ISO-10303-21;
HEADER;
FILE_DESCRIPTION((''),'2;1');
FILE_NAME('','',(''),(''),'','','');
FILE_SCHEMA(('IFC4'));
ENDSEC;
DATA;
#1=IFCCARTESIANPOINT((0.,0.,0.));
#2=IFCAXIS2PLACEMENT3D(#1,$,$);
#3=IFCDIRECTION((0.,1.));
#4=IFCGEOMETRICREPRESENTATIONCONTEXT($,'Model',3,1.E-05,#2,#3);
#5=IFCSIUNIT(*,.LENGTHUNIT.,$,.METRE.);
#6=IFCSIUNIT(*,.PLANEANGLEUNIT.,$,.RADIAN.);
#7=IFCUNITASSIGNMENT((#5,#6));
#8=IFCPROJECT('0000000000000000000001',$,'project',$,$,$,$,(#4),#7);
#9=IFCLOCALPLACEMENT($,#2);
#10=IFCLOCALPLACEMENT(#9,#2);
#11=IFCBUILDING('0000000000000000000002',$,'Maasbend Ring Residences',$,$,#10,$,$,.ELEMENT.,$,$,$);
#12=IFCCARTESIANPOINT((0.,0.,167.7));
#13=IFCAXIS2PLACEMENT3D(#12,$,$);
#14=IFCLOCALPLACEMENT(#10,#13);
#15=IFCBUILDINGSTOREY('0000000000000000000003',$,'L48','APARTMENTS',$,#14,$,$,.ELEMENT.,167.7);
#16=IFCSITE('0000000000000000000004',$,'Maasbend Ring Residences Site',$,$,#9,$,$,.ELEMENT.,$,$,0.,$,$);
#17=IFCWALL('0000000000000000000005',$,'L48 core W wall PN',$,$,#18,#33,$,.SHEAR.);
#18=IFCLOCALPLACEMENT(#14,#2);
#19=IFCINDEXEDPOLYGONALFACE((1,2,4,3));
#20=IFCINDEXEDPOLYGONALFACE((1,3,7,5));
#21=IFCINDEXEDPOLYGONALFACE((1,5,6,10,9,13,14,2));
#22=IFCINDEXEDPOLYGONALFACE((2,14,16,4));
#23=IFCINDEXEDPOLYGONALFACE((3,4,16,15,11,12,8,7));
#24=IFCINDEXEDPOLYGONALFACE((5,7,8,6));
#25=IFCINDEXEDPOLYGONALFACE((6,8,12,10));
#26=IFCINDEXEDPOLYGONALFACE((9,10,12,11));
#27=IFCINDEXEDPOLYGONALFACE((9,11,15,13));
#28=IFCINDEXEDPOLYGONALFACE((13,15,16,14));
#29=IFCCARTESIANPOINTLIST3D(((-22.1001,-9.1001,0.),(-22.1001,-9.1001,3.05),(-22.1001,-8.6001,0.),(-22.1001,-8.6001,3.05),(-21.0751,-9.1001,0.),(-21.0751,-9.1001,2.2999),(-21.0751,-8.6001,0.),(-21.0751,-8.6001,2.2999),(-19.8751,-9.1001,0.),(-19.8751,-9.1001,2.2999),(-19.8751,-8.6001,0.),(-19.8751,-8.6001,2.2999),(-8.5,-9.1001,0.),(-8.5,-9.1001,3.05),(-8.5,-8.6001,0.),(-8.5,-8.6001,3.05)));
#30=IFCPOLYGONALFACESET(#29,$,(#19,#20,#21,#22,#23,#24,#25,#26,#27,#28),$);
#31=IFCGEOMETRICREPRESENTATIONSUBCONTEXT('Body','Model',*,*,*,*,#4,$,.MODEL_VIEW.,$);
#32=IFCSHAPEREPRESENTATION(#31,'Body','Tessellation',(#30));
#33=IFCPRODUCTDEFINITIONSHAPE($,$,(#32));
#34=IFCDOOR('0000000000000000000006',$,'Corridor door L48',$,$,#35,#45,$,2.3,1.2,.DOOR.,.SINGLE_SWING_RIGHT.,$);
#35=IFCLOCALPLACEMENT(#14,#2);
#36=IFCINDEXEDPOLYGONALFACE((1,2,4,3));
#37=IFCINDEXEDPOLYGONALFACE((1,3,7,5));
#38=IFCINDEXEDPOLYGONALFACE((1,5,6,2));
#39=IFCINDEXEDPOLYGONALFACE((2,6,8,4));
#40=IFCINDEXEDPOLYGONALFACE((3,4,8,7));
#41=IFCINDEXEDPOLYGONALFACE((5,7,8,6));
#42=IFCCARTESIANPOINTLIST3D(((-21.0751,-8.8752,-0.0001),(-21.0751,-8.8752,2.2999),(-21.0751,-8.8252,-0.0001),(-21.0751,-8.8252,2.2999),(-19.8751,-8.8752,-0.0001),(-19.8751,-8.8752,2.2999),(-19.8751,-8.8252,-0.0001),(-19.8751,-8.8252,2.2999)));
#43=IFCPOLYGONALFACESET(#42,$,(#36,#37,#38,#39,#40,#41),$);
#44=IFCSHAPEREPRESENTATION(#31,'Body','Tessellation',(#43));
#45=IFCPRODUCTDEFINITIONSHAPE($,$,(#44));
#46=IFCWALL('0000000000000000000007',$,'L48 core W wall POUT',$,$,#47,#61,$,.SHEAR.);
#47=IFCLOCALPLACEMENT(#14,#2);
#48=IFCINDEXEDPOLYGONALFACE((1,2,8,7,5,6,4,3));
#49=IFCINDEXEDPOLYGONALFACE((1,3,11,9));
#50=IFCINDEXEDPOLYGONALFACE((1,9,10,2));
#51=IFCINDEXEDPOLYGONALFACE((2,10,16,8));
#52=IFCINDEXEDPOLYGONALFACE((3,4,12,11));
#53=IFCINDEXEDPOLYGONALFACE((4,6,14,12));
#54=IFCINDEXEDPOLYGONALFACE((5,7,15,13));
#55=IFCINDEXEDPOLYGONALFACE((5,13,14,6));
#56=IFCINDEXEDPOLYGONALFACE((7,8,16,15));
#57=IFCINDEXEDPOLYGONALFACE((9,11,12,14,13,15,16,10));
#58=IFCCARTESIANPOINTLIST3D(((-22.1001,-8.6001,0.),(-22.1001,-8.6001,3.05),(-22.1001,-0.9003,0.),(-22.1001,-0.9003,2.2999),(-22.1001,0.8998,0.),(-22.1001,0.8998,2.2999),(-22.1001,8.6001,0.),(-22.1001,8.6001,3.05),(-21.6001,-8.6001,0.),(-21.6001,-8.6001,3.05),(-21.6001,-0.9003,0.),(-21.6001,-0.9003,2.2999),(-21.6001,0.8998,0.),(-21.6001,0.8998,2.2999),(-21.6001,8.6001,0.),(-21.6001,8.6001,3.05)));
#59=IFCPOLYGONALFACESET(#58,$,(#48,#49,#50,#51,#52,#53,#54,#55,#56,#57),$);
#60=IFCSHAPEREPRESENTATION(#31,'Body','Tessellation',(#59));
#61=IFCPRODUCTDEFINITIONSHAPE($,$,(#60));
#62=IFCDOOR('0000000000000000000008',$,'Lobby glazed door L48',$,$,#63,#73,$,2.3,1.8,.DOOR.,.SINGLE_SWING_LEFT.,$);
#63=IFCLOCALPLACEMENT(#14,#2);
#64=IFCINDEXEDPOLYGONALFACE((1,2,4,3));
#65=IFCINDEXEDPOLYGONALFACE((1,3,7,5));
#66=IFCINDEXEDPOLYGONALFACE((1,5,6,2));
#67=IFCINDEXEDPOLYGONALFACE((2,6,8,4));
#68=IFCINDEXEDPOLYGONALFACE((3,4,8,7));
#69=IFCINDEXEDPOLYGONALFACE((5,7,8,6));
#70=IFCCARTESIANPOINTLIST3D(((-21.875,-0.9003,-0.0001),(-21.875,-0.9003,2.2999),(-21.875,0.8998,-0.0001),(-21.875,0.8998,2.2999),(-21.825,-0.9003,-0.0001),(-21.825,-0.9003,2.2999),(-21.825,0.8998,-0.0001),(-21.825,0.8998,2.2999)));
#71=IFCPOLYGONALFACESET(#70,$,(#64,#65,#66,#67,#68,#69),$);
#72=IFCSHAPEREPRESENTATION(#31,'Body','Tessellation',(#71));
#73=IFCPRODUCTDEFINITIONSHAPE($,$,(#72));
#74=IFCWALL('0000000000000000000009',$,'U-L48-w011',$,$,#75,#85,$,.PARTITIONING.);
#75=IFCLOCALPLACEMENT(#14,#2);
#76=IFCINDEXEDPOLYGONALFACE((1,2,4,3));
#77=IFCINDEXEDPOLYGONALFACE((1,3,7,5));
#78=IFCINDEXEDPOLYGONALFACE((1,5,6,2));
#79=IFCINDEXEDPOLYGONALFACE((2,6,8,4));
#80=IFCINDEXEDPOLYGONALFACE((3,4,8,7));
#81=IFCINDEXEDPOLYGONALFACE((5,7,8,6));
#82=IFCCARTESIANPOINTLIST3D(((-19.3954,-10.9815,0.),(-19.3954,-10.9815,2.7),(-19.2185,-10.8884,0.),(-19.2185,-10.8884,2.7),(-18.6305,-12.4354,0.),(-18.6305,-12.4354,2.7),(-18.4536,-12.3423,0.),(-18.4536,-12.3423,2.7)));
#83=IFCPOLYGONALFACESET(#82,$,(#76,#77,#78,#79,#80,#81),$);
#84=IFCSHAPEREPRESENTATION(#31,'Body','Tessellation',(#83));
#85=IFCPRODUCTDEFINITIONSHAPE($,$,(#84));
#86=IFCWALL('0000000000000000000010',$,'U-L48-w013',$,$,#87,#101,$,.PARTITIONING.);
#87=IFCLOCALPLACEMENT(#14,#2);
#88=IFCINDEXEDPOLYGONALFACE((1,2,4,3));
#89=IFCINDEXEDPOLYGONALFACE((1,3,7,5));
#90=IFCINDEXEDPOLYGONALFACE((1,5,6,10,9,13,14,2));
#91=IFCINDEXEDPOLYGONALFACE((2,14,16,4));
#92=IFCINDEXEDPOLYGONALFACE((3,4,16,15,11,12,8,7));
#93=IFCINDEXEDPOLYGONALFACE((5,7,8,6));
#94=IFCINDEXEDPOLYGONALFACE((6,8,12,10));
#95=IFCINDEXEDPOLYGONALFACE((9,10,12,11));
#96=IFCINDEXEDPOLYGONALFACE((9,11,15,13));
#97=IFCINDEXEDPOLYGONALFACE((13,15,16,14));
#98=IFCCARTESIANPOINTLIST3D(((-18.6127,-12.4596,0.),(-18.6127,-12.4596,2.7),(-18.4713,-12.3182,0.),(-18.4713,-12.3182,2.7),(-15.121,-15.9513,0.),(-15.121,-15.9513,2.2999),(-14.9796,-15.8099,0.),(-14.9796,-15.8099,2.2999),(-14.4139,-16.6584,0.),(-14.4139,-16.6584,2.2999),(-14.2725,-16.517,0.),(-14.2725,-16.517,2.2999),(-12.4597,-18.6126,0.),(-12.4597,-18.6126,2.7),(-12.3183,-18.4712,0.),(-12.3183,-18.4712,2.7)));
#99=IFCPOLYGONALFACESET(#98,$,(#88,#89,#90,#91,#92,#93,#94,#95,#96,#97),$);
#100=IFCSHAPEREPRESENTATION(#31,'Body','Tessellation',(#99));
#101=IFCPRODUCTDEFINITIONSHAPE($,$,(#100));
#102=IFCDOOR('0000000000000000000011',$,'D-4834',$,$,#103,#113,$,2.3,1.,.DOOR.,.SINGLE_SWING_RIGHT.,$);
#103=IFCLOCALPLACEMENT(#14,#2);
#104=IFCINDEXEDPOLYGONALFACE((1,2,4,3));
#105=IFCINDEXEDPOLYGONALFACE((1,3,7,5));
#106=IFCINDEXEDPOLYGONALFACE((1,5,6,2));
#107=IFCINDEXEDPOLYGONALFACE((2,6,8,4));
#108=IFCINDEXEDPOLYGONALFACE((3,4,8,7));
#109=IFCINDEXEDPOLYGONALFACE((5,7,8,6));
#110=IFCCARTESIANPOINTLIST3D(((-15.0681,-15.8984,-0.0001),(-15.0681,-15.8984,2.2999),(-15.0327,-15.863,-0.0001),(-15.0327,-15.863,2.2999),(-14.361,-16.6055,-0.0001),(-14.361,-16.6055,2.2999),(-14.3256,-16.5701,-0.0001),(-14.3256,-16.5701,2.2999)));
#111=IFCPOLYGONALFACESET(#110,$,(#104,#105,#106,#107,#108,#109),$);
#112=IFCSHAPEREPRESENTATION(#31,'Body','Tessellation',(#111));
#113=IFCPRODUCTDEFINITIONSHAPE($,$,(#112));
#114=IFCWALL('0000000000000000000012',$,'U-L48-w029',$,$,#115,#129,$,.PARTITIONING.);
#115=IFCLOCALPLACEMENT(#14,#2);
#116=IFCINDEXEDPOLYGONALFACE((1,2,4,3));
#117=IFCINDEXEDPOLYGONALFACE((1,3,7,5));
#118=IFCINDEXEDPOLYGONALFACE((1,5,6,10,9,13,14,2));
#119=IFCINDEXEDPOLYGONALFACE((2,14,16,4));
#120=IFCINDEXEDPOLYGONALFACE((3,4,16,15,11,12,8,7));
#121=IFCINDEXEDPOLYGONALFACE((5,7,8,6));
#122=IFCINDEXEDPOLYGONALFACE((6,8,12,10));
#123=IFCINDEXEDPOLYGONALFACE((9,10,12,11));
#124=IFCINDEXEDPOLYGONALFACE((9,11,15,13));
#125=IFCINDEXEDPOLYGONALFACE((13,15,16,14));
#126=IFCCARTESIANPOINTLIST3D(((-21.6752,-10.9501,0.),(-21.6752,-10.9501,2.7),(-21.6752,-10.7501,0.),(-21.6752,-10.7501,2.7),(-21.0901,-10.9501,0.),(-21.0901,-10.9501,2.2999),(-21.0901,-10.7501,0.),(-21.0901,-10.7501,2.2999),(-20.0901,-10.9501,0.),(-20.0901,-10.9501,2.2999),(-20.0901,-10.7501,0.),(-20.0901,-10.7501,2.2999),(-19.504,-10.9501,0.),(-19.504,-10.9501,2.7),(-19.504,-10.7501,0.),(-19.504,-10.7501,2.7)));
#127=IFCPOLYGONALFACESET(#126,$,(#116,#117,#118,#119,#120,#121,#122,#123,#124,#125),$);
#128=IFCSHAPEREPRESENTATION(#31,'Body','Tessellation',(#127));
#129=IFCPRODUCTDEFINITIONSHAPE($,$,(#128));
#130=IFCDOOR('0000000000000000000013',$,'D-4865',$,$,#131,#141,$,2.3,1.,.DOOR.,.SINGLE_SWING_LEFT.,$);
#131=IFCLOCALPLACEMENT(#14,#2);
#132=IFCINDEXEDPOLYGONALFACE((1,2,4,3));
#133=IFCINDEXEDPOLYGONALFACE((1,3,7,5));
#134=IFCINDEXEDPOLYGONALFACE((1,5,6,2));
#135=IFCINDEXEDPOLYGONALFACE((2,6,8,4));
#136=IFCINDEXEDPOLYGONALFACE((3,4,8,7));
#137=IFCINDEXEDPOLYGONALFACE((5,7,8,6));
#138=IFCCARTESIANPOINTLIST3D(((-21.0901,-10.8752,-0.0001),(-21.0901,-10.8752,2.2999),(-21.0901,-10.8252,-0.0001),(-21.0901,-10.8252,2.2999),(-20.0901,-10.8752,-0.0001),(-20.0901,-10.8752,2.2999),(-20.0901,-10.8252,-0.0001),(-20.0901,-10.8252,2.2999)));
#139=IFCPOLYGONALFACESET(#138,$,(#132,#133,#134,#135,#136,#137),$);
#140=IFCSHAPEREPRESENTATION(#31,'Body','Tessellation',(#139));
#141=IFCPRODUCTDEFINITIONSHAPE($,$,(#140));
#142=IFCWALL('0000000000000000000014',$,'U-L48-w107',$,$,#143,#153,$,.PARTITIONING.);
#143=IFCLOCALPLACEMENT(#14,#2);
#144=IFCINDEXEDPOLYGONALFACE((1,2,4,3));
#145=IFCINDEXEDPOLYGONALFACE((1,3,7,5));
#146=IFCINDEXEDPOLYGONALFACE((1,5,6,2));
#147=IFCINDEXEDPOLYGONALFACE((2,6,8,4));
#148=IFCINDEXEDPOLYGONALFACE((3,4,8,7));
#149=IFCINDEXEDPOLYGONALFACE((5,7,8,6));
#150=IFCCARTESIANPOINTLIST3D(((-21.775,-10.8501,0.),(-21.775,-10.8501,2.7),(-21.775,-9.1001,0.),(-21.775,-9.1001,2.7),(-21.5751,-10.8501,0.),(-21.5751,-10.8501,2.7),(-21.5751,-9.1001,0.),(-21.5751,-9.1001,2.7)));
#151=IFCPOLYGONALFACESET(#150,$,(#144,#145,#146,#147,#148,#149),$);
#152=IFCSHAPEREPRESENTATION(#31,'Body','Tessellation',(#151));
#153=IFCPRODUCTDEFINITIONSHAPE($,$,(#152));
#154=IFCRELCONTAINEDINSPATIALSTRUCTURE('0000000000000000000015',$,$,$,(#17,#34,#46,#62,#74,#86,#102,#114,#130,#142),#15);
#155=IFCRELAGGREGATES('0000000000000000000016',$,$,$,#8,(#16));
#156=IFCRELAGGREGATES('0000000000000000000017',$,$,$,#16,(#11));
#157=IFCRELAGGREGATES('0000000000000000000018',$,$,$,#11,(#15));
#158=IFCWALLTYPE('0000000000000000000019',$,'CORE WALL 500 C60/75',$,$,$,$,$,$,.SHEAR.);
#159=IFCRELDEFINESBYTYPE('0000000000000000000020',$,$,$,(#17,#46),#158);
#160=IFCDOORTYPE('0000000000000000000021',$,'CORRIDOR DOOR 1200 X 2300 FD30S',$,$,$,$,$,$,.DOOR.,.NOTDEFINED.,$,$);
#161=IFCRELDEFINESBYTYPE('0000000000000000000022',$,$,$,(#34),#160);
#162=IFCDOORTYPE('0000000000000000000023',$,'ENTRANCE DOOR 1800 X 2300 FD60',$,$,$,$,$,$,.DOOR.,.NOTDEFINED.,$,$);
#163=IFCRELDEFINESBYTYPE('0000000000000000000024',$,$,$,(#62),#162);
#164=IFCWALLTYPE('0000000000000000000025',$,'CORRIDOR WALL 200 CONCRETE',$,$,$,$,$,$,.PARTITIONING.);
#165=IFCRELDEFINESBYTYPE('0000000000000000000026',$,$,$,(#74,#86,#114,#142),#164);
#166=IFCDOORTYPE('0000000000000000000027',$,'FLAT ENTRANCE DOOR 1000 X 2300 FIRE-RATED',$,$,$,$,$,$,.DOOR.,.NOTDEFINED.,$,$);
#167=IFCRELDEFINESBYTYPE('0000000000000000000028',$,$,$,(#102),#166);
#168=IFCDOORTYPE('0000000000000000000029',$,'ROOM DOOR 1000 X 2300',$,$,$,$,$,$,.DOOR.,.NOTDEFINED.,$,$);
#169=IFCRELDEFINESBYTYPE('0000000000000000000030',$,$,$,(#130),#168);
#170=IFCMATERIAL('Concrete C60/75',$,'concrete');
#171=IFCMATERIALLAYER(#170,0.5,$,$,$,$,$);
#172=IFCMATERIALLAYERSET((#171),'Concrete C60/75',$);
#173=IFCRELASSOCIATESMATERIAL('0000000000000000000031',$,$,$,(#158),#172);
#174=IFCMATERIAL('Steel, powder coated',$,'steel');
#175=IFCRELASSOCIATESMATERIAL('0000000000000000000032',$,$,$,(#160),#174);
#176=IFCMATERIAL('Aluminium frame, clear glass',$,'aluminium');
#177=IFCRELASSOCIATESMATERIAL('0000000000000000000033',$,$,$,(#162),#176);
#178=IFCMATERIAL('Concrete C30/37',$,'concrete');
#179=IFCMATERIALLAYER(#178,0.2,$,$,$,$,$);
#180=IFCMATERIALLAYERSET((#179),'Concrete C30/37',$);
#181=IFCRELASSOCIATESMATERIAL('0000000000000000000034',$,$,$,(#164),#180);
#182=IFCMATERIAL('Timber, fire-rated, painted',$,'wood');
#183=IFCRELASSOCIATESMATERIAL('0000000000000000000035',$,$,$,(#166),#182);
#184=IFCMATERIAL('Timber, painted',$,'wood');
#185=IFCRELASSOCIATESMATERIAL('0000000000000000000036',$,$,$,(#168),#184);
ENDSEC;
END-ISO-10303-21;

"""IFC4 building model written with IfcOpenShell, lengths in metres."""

from ifc_helpers import new_model, si_unit, direction, frame, frame_2d, origin, place, context, subcontext, project, spatial, rectangle, extrude, material, layer, layer_set, type_object, element, fill, save


model = new_model("IFC4")

# Units and contexts
model_context = context("Model", 3, precision=1e-05, world=origin(), true_north=direction((0.0, 1.0)))
body_context = subcontext(model_context, "Body", "Model", "MODEL_VIEW")
ifc_project = project(units=[si_unit("LENGTHUNIT", "METRE"), si_unit("PLANEANGLEUNIT", "RADIAN")], contexts=[model_context])

# Site, building, storey
site_placement = place(None, origin())
site = spatial("IfcSite", under=ifc_project, at=site_placement, Name="Maasbend Ring Residences Site", CompositionType="ELEMENT", RefElevation=0.0)
building_placement = place(site_placement, origin())
building = spatial("IfcBuilding", under=site, at=building_placement, Name="Maasbend Ring Residences", CompositionType="ELEMENT")
storey_placement = place(building_placement, frame((0.0, 0.0, 167.7)))
storey = spatial("IfcBuildingStorey", under=building, at=storey_placement, Name="L48", Description="APARTMENTS", CompositionType="ELEMENT", Elevation=167.7)

# Walls, openings, doors
ifc_material_1 = material(Name="Concrete C60/75", Category="concrete")
ifc_layer_1 = layer(ifc_material_1, 0.5)
ifc_layer_set_1 = layer_set([ifc_layer_1], Name="Concrete C60/75")
wall_type_1 = type_object("IfcWallType", Name="CORE WALL 500 C60/75", PredefinedType="SHEAR", material=ifc_layer_set_1)
wall_1_placement = place(storey_placement, frame((-22.1001, -8.8501, 0.0), z_axis=(0.0, 0.0, 1.0), x_axis=(1.0, 0.0, 0.0)))
wall_1 = element("IfcWall", 1, at=wall_1_placement, inside=storey, type_object=wall_type_1, Name="L48 core W wall PN", PredefinedType="SHEAR", context=body_context, shape_type="SweptSolid", body=[
    extrude(rectangle(XDim=13.6001, YDim=0.5, at=frame_2d((6.8, 0.0))), origin(), (0.0, 0.0, 1.0), 3.05),
])
opening_1_placement = place(wall_1_placement, frame((1.0249, 0.0, 0.0)))
opening_1 = element("IfcOpeningElement", 2, at=opening_1_placement, cuts=wall_1, PredefinedType="OPENING", context=body_context, shape_type="SweptSolid", body=[
    extrude(rectangle(XDim=1.2, YDim=2.3, at=frame_2d((0.6001, 1.1499))), frame((0.0, 0.26, 0.0), z_axis=(0.0, -1.0, 0.0), x_axis=(1.0, 0.0, 0.0)), (0.0, 0.0, 1.0), 0.52),
])
ifc_material_2 = material(Name="Steel, powder coated", Category="steel")
door_type_1 = type_object("IfcDoorType", Name="CORRIDOR DOOR 1200 X 2300 FD30S", OperationType="NOTDEFINED", PredefinedType="DOOR", material=ifc_material_2)
door_1_placement = place(opening_1_placement, origin())
door_1 = element("IfcDoor", 3, at=door_1_placement, inside=storey, type_object=door_type_1, Name="Corridor door L48", OperationType="SINGLE_SWING_RIGHT", OverallHeight=2.3, OverallWidth=1.2, PredefinedType="DOOR", context=body_context, shape_type="SweptSolid", body=[
    extrude(rectangle(XDim=1.2, YDim=2.3, at=frame_2d((0.6001, 1.1499))), frame((0.0, 0.0249, 0.0), z_axis=(0.0, -1.0, 0.0), x_axis=(1.0, 0.0, 0.0)), (0.0, 0.0, 1.0), 0.05),
])
fill(opening_1, door_1)
wall_2_placement = place(storey_placement, frame((-21.8501, -8.6001, 0.0), z_axis=(0.0, 0.0, 1.0), x_axis=(0.0, 1.0, 0.0)))
wall_2 = element("IfcWall", 4, at=wall_2_placement, inside=storey, type_object=wall_type_1, Name="L48 core W wall POUT", PredefinedType="SHEAR", context=body_context, shape_type="SweptSolid", body=[
    extrude(rectangle(XDim=17.2002, YDim=0.5, at=frame_2d((8.6001, 0.0))), origin(), (0.0, 0.0, 1.0), 3.05),
])
opening_2_placement = place(wall_2_placement, frame((7.7, 0.0, 0.0)))
opening_2 = element("IfcOpeningElement", 5, at=opening_2_placement, cuts=wall_2, PredefinedType="OPENING", context=body_context, shape_type="SweptSolid", body=[
    extrude(rectangle(XDim=1.8, YDim=2.3, at=frame_2d((0.8999, 1.1499))), frame((0.0, 0.26, 0.0), z_axis=(0.0, -1.0, 0.0), x_axis=(1.0, 0.0, 0.0)), (0.0, 0.0, 1.0), 0.52),
])
ifc_material_3 = material(Name="Aluminium frame, clear glass", Category="aluminium")
door_type_2 = type_object("IfcDoorType", Name="ENTRANCE DOOR 1800 X 2300 FD60", OperationType="NOTDEFINED", PredefinedType="DOOR", material=ifc_material_3)
door_2_placement = place(opening_2_placement, origin())
door_2 = element("IfcDoor", 6, at=door_2_placement, inside=storey, type_object=door_type_2, Name="Lobby glazed door L48", OperationType="SINGLE_SWING_LEFT", OverallHeight=2.3, OverallWidth=1.8, PredefinedType="DOOR", context=body_context, shape_type="SweptSolid", body=[
    extrude(rectangle(XDim=1.8, YDim=2.3, at=frame_2d((0.8999, 1.1499))), frame((0.0, 0.0249, 0.0), z_axis=(0.0, -1.0, 0.0), x_axis=(1.0, 0.0, 0.0)), (0.0, 0.0, 1.0), 0.05),
])
fill(opening_2, door_2)

# Wall
ifc_material_4 = material(Name="Concrete C30/37", Category="concrete")
ifc_layer_2 = layer(ifc_material_4, 0.2)
ifc_layer_set_2 = layer_set([ifc_layer_2], Name="Concrete C30/37")
wall_type_2 = type_object("IfcWallType", Name="CORRIDOR WALL 200 CONCRETE", PredefinedType="PARTITIONING", material=ifc_layer_set_2)
wall_3_placement = place(storey_placement, frame((-19.3069, -10.9351, 0.0), z_axis=(0.0, 0.0, 1.0), x_axis=(0.465606, -0.884992, 0.0)))
element("IfcWall", 7, at=wall_3_placement, inside=storey, type_object=wall_type_2, Name="U-L48-w011", PredefinedType="PARTITIONING", context=body_context, shape_type="SweptSolid", body=[
    extrude(rectangle(XDim=1.6428, YDim=0.2, at=frame_2d((0.8213, 0.0))), origin(), (0.0, 0.0, 1.0), 2.7),
])

# Walls, openings, doors
wall_4_placement = place(storey_placement, frame((-18.542, -12.3889, 0.0), z_axis=(0.0, 0.0, 1.0), x_axis=(0.707107, -0.707107, 0.0)))
wall_4 = element("IfcWall", 8, at=wall_4_placement, inside=storey, type_object=wall_type_2, Name="U-L48-w013", PredefinedType="PARTITIONING", context=body_context, shape_type="SweptSolid", body=[
    extrude(rectangle(XDim=8.7017, YDim=0.2, at=frame_2d((4.3508, 0.0))), origin(), (0.0, 0.0, 1.0), 2.7),
])
opening_3_placement = place(wall_4_placement, frame((4.938, 0.0, 0.0)))
opening_3 = element("IfcOpeningElement", 9, at=opening_3_placement, cuts=wall_4, PredefinedType="OPENING", context=body_context, shape_type="SweptSolid", body=[
    extrude(rectangle(XDim=1.0, YDim=2.3, at=frame_2d((0.5, 1.1499))), frame((0.0, 0.1099, 0.0), z_axis=(0.0, -1.0, 0.0), x_axis=(1.0, 0.0, 0.0)), (0.0, 0.0, 1.0), 0.22),
])
ifc_material_5 = material(Name="Timber, fire-rated, painted", Category="wood")
door_type_3 = type_object("IfcDoorType", Name="FLAT ENTRANCE DOOR 1000 X 2300 FIRE-RATED", OperationType="NOTDEFINED", PredefinedType="DOOR", material=ifc_material_5)
door_3_placement = place(opening_3_placement, origin())
door_3 = element("IfcDoor", 10, at=door_3_placement, inside=storey, type_object=door_type_3, Name="D-4834", OperationType="SINGLE_SWING_RIGHT", OverallHeight=2.3, OverallWidth=1.0, PredefinedType="DOOR", context=body_context, shape_type="SweptSolid", body=[
    extrude(rectangle(XDim=1.0, YDim=2.3, at=frame_2d((0.5, 1.1499))), frame((0.0, 0.0249, 0.0), z_axis=(0.0, -1.0, 0.0), x_axis=(1.0, 0.0, 0.0)), (0.0, 0.0, 1.0), 0.05),
])
fill(opening_3, door_3)
wall_5_placement = place(storey_placement, frame((-21.675, -10.8501, 0.0), z_axis=(0.0, 0.0, 1.0), x_axis=(1.0, 0.0, 0.0)))
wall_5 = element("IfcWall", 11, at=wall_5_placement, inside=storey, type_object=wall_type_2, Name="U-L48-w029", PredefinedType="PARTITIONING", context=body_context, shape_type="SweptSolid", body=[
    extrude(rectangle(XDim=2.1711, YDim=0.2, at=frame_2d((1.0854, 0.0))), origin(), (0.0, 0.0, 1.0), 2.7),
])
opening_4_placement = place(wall_5_placement, frame((0.585, 0.0, 0.0)))
opening_4 = element("IfcOpeningElement", 12, at=opening_4_placement, cuts=wall_5, PredefinedType="OPENING", context=body_context, shape_type="SweptSolid", body=[
    extrude(rectangle(XDim=1.0, YDim=2.3, at=frame_2d((0.5, 1.1499))), frame((0.0, 0.1099, 0.0), z_axis=(0.0, -1.0, 0.0), x_axis=(1.0, 0.0, 0.0)), (0.0, 0.0, 1.0), 0.22),
])
ifc_material_6 = material(Name="Timber, painted", Category="wood")
door_type_4 = type_object("IfcDoorType", Name="ROOM DOOR 1000 X 2300", OperationType="NOTDEFINED", PredefinedType="DOOR", material=ifc_material_6)
door_4_placement = place(opening_4_placement, origin())
door_4 = element("IfcDoor", 13, at=door_4_placement, inside=storey, type_object=door_type_4, Name="D-4865", OperationType="SINGLE_SWING_LEFT", OverallHeight=2.3, OverallWidth=1.0, PredefinedType="DOOR", context=body_context, shape_type="SweptSolid", body=[
    extrude(rectangle(XDim=1.0, YDim=2.3, at=frame_2d((0.5, 1.1499))), frame((0.0, 0.0249, 0.0), z_axis=(0.0, -1.0, 0.0), x_axis=(1.0, 0.0, 0.0)), (0.0, 0.0, 1.0), 0.05),
])
fill(opening_4, door_4)

# Wall
wall_6_placement = place(storey_placement, frame((-21.675, -10.8501, 0.0), z_axis=(0.0, 0.0, 1.0), x_axis=(0.0, 1.0, 0.0)))
element("IfcWall", 14, at=wall_6_placement, inside=storey, type_object=wall_type_2, Name="U-L48-w107", PredefinedType="PARTITIONING", context=body_context, shape_type="SweptSolid", body=[
    extrude(rectangle(XDim=1.75, YDim=0.2, at=frame_2d((0.875, 0.0))), origin(), (0.0, 0.0, 1.0), 2.7),
])

save(model, "model.ifc")
